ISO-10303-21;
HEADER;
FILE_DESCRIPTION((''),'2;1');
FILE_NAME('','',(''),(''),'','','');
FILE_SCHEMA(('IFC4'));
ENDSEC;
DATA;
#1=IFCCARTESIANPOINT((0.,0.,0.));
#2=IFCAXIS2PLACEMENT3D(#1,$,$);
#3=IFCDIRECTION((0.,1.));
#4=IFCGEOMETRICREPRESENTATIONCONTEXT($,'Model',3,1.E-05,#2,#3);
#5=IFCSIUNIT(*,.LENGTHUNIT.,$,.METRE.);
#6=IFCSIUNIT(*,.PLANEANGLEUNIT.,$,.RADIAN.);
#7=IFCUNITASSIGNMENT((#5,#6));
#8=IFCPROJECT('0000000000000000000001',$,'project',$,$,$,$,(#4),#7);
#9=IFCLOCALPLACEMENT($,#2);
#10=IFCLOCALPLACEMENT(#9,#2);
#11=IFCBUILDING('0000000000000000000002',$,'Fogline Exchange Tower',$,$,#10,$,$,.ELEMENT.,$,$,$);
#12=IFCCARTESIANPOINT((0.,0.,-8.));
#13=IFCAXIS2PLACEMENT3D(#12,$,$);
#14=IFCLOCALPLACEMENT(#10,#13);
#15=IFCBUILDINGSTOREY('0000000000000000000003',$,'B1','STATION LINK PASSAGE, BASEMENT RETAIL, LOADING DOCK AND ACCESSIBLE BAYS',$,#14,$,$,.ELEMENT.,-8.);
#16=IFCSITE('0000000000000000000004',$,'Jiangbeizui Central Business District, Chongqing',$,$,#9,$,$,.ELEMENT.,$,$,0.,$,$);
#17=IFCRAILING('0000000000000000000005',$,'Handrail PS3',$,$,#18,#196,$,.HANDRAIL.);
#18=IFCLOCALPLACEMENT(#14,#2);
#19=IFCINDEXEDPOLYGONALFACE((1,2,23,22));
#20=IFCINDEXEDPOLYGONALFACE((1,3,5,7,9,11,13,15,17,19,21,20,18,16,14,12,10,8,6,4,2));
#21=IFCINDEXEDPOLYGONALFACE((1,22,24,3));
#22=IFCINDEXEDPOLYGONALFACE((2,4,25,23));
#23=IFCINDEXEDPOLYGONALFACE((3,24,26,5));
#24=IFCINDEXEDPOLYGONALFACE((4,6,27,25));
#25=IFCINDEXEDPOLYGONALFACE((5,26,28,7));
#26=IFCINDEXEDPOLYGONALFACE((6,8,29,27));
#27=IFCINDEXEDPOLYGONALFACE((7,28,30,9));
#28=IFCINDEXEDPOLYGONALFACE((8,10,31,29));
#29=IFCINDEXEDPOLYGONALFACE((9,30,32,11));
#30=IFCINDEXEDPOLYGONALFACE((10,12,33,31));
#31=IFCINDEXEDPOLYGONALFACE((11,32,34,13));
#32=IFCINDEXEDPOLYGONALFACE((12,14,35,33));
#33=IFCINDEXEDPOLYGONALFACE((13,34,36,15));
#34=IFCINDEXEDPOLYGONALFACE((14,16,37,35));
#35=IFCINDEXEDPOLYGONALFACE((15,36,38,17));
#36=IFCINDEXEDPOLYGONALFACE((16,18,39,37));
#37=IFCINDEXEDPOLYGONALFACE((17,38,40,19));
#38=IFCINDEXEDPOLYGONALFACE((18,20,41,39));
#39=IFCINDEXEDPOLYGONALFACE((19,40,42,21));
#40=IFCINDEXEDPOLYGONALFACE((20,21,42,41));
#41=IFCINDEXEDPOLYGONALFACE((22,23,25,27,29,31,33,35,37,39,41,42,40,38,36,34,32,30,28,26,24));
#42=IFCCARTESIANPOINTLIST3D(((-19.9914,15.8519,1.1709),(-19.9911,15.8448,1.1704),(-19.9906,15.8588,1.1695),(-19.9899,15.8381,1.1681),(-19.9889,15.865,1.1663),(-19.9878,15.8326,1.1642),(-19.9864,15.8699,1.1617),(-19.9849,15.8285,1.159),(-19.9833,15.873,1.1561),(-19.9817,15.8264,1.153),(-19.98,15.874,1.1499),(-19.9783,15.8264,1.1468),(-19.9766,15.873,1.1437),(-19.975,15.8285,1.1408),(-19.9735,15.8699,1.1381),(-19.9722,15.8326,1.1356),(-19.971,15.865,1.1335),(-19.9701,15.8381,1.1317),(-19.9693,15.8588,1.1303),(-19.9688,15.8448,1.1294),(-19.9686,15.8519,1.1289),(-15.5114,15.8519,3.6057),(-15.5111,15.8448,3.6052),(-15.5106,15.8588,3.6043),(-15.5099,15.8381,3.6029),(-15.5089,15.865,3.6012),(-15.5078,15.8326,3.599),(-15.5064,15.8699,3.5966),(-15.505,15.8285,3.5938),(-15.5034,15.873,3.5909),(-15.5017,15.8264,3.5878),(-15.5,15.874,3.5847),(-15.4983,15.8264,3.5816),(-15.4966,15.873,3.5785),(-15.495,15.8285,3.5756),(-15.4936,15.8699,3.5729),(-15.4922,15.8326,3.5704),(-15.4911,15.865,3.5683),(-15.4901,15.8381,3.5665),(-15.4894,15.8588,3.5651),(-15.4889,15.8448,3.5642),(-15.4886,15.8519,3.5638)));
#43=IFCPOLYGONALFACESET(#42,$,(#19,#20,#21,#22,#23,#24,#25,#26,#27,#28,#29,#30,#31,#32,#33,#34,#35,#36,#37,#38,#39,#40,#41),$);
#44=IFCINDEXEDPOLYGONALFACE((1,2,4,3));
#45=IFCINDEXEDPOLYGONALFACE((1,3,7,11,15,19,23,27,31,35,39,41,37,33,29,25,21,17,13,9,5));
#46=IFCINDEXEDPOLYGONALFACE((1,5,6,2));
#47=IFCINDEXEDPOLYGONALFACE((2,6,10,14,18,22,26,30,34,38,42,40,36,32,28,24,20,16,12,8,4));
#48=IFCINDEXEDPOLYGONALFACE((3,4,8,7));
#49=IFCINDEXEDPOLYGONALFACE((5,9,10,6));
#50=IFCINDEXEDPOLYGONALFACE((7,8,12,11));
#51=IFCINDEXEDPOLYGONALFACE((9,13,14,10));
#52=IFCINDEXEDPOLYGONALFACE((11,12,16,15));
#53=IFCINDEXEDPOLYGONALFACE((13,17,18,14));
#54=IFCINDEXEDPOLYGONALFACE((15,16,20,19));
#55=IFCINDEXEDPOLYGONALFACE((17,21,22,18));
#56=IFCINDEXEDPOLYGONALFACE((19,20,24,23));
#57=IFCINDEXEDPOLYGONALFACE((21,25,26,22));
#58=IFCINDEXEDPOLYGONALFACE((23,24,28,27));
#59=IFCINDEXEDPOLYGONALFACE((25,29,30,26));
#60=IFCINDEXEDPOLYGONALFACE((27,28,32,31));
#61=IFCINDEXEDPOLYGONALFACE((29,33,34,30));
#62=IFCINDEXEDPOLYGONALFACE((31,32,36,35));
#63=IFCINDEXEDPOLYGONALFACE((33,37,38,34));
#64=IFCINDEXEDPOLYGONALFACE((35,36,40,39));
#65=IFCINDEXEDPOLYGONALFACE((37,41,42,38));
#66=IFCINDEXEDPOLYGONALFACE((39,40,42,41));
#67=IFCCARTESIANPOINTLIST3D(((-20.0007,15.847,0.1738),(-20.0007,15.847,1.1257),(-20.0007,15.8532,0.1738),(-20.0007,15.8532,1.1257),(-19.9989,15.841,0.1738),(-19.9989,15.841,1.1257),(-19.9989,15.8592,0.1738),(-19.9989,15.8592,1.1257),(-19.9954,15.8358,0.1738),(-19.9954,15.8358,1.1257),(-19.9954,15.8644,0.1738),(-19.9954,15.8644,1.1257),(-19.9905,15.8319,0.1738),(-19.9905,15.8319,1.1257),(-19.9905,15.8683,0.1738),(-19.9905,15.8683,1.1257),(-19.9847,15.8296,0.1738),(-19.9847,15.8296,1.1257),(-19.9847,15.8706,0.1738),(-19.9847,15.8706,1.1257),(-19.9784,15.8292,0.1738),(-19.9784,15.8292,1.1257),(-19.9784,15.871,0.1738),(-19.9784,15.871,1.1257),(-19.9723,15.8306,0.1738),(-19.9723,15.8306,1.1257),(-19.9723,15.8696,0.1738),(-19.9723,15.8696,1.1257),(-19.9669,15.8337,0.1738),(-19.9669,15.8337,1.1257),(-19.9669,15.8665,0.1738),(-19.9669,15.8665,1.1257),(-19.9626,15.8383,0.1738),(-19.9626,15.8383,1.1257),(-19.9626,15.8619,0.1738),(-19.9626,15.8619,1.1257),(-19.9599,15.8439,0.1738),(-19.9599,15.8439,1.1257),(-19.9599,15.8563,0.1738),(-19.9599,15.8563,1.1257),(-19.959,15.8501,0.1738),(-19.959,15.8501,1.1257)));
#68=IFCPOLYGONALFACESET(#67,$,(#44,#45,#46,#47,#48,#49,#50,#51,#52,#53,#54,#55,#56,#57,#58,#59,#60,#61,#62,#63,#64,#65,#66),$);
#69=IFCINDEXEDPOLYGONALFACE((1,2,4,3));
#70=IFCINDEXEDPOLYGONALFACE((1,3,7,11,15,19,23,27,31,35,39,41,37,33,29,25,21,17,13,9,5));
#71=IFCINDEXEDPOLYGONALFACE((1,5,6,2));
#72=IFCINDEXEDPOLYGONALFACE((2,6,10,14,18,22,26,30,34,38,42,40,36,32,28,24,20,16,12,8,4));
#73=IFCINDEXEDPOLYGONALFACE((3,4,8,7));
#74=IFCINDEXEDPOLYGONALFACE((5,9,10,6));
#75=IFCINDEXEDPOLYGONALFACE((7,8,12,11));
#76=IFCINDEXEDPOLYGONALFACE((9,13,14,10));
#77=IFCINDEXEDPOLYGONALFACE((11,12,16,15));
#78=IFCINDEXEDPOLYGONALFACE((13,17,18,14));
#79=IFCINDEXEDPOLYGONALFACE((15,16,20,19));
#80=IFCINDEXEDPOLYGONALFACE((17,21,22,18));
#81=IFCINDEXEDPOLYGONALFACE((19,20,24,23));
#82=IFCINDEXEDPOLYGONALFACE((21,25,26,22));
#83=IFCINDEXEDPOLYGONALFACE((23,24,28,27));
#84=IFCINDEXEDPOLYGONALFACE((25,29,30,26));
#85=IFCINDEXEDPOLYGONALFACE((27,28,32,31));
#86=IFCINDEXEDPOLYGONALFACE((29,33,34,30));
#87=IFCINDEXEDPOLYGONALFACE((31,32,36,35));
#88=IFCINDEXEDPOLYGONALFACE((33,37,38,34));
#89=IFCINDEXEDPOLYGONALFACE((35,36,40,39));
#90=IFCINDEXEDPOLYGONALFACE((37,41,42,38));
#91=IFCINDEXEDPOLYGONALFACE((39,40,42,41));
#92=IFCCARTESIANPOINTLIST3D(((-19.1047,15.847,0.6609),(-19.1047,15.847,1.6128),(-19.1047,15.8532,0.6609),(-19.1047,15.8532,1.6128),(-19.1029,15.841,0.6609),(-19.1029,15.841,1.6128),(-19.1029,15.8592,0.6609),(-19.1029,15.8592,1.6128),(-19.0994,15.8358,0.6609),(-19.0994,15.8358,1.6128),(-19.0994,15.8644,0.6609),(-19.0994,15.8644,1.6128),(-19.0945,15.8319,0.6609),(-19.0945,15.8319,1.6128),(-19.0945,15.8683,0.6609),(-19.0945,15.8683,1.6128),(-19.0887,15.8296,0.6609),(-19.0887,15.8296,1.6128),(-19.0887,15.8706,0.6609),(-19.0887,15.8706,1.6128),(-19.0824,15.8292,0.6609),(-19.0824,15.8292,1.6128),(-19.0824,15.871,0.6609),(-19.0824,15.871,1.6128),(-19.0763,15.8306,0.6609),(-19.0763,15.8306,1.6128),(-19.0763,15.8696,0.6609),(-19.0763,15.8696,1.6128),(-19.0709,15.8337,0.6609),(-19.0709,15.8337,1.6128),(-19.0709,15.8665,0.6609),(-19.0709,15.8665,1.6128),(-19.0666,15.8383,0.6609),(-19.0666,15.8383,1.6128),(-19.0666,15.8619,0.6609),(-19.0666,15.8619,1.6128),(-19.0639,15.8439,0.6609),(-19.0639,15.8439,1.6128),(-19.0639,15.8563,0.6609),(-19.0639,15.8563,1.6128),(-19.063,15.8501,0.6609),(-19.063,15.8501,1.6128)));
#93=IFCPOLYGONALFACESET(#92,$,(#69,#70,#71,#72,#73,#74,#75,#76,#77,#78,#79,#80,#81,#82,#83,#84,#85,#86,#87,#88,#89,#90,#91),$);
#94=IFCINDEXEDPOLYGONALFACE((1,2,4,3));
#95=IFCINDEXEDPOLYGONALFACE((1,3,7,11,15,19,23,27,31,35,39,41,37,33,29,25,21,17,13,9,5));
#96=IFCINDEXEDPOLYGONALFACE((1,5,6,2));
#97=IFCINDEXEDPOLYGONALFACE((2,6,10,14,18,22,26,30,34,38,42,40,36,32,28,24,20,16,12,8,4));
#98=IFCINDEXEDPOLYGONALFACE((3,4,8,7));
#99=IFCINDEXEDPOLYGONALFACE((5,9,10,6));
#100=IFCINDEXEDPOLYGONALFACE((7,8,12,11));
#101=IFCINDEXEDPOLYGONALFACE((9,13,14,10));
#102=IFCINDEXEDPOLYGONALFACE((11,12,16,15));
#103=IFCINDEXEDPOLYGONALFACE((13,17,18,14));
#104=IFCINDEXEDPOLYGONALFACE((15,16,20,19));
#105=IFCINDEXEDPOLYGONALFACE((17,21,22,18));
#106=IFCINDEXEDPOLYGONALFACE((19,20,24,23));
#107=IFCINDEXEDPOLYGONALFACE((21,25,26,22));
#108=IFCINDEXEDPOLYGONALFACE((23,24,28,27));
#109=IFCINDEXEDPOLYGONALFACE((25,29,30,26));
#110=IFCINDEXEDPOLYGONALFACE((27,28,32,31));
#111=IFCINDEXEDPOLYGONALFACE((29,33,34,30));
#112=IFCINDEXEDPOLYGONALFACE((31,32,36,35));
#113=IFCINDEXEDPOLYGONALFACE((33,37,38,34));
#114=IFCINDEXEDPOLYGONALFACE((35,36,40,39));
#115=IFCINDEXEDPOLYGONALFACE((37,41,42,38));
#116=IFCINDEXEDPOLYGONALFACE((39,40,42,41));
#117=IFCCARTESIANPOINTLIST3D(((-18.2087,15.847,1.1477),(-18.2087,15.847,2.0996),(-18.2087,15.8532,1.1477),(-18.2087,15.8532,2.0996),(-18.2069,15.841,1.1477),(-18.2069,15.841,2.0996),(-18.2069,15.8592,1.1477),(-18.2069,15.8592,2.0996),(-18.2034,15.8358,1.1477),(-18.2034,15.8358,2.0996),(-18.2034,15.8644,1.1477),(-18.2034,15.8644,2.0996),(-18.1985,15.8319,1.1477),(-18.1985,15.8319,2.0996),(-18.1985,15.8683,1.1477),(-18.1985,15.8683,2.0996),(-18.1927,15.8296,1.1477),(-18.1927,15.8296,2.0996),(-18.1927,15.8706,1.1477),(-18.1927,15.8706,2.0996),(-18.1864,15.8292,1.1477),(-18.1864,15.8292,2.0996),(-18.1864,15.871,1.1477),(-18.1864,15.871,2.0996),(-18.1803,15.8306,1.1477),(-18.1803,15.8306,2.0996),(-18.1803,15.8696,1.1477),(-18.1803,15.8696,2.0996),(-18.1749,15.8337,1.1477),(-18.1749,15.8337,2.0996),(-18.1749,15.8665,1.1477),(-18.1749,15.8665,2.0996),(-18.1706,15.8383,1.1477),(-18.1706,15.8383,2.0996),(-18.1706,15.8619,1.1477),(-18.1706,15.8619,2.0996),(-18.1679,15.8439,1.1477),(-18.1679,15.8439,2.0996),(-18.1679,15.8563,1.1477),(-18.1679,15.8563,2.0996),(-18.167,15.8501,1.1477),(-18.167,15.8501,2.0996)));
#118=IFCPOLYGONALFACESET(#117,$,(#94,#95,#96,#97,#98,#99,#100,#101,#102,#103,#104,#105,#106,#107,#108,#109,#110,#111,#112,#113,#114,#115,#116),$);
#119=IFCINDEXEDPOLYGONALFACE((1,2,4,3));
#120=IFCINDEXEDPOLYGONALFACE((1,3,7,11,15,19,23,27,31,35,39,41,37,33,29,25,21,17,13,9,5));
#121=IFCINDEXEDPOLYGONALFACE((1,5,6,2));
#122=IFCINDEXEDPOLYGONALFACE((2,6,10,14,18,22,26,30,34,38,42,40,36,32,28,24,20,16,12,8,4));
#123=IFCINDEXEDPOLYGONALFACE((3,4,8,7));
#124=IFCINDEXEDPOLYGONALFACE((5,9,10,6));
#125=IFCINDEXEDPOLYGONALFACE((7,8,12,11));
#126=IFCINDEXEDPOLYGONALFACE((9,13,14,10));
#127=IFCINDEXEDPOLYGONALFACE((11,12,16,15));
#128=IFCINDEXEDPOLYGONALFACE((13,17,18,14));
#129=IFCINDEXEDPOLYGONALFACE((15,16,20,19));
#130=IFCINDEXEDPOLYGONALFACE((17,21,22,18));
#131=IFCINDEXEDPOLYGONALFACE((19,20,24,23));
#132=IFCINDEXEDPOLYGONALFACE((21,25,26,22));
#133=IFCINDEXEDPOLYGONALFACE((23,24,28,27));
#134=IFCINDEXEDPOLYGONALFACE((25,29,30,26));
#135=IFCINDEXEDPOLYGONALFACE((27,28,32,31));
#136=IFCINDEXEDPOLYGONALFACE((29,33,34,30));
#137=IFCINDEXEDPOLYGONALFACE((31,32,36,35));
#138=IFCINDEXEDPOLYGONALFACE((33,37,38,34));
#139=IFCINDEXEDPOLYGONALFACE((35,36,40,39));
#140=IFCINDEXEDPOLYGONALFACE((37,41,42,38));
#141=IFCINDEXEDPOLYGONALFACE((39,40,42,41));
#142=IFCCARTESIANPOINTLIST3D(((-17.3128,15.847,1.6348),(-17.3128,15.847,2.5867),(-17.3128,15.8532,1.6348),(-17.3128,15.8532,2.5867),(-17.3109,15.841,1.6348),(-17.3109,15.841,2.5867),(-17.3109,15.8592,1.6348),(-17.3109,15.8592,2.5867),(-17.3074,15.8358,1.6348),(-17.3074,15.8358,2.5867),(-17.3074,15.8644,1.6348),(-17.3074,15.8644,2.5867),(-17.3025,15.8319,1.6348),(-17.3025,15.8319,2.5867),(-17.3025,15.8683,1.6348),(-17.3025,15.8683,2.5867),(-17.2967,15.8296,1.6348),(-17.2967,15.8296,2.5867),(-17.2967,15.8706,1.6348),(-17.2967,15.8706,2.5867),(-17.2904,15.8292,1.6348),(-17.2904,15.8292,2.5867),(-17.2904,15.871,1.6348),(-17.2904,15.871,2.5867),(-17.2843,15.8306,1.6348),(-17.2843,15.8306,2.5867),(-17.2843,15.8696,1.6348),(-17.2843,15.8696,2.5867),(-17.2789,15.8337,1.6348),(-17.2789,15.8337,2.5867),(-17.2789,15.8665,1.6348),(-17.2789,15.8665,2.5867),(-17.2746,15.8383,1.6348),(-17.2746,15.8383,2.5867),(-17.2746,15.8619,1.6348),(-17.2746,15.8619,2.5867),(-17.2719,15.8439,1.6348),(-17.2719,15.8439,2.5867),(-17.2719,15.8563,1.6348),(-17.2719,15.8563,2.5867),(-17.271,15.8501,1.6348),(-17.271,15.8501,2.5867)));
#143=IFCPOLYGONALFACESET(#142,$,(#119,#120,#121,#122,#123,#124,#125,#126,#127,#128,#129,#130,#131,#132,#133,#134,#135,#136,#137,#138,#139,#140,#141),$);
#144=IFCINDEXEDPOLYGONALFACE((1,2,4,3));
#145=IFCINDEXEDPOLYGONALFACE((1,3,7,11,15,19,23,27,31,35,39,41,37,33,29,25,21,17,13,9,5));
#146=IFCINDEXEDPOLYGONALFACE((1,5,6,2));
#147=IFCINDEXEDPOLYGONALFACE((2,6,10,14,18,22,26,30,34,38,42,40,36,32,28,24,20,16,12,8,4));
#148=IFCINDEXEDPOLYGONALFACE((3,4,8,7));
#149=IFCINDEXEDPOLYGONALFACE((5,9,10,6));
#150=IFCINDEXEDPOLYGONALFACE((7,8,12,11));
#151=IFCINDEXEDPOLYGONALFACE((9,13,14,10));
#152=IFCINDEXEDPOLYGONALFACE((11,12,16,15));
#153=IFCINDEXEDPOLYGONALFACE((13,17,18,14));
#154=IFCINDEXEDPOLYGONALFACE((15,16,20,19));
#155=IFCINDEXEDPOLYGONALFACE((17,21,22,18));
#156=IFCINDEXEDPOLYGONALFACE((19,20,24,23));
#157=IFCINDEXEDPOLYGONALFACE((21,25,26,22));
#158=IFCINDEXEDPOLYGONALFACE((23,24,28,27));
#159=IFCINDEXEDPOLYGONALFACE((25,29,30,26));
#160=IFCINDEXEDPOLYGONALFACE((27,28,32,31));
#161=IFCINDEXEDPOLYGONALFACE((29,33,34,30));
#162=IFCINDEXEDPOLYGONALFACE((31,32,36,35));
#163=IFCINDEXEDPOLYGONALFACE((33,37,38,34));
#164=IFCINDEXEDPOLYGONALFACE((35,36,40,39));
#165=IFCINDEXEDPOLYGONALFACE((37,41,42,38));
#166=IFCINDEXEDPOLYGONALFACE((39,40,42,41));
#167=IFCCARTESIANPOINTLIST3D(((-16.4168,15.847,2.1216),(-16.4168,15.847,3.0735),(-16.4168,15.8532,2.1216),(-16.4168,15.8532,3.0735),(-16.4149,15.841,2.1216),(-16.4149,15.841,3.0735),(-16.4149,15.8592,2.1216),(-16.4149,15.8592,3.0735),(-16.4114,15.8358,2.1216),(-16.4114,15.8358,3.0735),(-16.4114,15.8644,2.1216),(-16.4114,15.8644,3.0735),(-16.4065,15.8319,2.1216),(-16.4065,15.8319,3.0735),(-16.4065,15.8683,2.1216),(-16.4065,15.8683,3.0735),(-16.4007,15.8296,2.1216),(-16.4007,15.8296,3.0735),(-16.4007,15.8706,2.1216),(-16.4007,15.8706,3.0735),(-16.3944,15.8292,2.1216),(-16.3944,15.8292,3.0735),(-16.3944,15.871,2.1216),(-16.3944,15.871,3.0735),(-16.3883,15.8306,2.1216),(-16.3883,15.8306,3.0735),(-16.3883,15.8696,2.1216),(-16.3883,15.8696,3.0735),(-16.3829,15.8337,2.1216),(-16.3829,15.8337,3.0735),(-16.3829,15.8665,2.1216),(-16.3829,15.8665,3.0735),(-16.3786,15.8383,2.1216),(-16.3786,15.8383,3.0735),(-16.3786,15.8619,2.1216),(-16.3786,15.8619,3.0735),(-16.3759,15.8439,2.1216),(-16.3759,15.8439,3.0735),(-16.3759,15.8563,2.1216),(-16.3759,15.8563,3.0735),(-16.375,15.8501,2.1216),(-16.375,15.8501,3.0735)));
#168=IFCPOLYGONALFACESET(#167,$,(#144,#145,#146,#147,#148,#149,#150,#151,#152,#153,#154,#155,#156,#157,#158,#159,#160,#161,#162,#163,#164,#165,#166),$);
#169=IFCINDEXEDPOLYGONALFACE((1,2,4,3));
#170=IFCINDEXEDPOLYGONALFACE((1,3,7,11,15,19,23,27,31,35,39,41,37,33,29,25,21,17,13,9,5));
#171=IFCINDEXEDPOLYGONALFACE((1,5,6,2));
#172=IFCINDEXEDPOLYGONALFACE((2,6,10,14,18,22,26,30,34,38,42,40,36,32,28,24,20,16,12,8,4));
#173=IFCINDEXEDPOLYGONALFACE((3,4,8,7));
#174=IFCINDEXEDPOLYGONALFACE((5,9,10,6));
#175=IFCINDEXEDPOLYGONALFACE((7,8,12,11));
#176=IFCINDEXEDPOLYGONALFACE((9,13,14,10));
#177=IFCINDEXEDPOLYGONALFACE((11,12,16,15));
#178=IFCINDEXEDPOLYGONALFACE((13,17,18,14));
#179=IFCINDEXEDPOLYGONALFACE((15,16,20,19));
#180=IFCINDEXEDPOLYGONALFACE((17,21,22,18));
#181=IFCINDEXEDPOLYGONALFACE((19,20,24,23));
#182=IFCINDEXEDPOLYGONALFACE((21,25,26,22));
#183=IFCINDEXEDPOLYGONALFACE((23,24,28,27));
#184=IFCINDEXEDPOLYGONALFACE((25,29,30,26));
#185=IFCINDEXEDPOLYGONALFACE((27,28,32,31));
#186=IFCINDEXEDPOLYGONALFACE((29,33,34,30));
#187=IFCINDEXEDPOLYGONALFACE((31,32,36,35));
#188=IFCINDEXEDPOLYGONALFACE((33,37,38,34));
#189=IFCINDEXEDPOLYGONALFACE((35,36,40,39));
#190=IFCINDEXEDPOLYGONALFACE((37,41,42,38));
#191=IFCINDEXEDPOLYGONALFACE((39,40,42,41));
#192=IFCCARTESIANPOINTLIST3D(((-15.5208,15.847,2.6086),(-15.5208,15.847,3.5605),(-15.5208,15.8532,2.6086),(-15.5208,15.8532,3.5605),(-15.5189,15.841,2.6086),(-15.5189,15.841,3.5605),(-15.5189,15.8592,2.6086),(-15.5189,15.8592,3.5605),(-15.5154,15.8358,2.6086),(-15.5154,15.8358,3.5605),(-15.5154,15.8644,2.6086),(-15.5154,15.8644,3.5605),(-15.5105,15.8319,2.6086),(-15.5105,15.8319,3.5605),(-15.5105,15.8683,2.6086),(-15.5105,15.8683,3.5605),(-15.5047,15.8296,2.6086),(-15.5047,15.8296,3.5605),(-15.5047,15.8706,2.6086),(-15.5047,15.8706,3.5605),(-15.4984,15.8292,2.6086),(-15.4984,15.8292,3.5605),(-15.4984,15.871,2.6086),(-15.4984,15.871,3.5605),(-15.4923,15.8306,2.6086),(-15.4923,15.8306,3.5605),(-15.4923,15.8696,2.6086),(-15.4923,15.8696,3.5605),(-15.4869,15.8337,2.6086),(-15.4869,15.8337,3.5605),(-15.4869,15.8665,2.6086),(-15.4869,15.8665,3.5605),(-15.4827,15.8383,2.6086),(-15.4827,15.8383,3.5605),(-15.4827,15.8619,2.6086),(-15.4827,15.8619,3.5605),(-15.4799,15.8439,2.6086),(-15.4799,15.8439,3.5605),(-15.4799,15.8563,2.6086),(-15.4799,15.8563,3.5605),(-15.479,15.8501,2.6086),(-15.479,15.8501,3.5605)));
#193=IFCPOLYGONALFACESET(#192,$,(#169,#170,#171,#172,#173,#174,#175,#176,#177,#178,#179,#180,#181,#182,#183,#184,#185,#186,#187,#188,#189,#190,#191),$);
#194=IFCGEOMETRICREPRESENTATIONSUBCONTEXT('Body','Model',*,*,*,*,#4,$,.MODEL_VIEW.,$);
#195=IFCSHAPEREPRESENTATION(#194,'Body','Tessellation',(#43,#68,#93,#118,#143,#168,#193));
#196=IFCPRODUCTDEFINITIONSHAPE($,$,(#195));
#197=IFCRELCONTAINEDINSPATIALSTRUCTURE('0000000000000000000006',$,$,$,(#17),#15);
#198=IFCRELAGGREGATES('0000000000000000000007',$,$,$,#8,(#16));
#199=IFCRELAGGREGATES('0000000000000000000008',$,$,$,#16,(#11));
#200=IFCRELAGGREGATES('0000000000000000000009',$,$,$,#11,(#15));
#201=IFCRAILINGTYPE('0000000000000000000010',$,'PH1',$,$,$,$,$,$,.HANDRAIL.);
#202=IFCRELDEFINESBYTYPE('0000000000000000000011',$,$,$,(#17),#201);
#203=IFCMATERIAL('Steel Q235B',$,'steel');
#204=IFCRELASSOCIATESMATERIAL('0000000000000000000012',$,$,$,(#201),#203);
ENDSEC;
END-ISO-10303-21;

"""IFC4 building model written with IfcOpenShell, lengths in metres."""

from ifc_helpers import new_model, si_unit, direction, frame, origin, origin_2d, place, context, subcontext, project, spatial, circle, extrude, material, type_object, element, save


model = new_model("IFC4")

# Units and contexts
model_context = context("Model", 3, precision=1e-05, world=origin(), true_north=direction((0.0, 1.0)))
body_context = subcontext(model_context, "Body", "Model", "MODEL_VIEW")
ifc_project = project(units=[si_unit("LENGTHUNIT", "METRE"), si_unit("PLANEANGLEUNIT", "RADIAN")], contexts=[model_context])

# Site, building, storey
site_placement = place(None, origin())
site = spatial("IfcSite", under=ifc_project, at=site_placement, Name="Jiangbeizui Central Business District, Chongqing", CompositionType="ELEMENT", RefElevation=0.0)
building_placement = place(site_placement, origin())
building = spatial("IfcBuilding", under=site, at=building_placement, Name="Fogline Exchange Tower", CompositionType="ELEMENT")
storey_placement = place(building_placement, frame((0.0, 0.0, -8.0)))
storey = spatial("IfcBuildingStorey", under=building, at=storey_placement, Name="B1", Description="STATION LINK PASSAGE, BASEMENT RETAIL, LOADING DOCK AND ACCESSIBLE BAYS", CompositionType="ELEMENT", Elevation=-8.0)

# Shared definitions
ifc_material_1 = material(Name="Steel Q235B", Category="steel")

# Railing
railing_type_1 = type_object("IfcRailingType", Name="PH1", PredefinedType="HANDRAIL", material=ifc_material_1)
railing_1_placement = place(storey_placement, frame((-19.98, 15.8501, 0.1738)))
element("IfcRailing", 1, at=railing_1_placement, inside=storey, type_object=railing_type_1, Name="Handrail PS3", PredefinedType="HANDRAIL", context=body_context, shape_type="SweptSolid", body=[
    extrude(circle(Radius=0.0239, at=origin_2d()), frame((0.0, 0.0, 0.9761), z_axis=(0.878621, 0.0, 0.47752), x_axis=(0.0, 1.0, 0.0)), (0.0, 0.0, 1.0), 5.0989),
    extrude(circle(Radius=0.021, at=origin_2d()), origin(), (0.0, 0.0, 1.0), 0.9519),
    extrude(circle(Radius=0.021, at=origin_2d()), frame((0.896, 0.0, 0.4871)), (0.0, 0.0, 1.0), 0.9519),
    extrude(circle(Radius=0.021, at=origin_2d()), frame((1.792, 0.0, 0.9739)), (0.0, 0.0, 1.0), 0.9519),
    extrude(circle(Radius=0.021, at=origin_2d()), frame((2.688, 0.0, 1.4609)), (0.0, 0.0, 1.0), 0.9519),
    extrude(circle(Radius=0.021, at=origin_2d()), frame((3.584, 0.0, 1.9478)), (0.0, 0.0, 1.0), 0.9519),
    extrude(circle(Radius=0.021, at=origin_2d()), frame((4.48, 0.0, 2.4348)), (0.0, 0.0, 1.0), 0.9519),
])

save(model, "model.ifc")
